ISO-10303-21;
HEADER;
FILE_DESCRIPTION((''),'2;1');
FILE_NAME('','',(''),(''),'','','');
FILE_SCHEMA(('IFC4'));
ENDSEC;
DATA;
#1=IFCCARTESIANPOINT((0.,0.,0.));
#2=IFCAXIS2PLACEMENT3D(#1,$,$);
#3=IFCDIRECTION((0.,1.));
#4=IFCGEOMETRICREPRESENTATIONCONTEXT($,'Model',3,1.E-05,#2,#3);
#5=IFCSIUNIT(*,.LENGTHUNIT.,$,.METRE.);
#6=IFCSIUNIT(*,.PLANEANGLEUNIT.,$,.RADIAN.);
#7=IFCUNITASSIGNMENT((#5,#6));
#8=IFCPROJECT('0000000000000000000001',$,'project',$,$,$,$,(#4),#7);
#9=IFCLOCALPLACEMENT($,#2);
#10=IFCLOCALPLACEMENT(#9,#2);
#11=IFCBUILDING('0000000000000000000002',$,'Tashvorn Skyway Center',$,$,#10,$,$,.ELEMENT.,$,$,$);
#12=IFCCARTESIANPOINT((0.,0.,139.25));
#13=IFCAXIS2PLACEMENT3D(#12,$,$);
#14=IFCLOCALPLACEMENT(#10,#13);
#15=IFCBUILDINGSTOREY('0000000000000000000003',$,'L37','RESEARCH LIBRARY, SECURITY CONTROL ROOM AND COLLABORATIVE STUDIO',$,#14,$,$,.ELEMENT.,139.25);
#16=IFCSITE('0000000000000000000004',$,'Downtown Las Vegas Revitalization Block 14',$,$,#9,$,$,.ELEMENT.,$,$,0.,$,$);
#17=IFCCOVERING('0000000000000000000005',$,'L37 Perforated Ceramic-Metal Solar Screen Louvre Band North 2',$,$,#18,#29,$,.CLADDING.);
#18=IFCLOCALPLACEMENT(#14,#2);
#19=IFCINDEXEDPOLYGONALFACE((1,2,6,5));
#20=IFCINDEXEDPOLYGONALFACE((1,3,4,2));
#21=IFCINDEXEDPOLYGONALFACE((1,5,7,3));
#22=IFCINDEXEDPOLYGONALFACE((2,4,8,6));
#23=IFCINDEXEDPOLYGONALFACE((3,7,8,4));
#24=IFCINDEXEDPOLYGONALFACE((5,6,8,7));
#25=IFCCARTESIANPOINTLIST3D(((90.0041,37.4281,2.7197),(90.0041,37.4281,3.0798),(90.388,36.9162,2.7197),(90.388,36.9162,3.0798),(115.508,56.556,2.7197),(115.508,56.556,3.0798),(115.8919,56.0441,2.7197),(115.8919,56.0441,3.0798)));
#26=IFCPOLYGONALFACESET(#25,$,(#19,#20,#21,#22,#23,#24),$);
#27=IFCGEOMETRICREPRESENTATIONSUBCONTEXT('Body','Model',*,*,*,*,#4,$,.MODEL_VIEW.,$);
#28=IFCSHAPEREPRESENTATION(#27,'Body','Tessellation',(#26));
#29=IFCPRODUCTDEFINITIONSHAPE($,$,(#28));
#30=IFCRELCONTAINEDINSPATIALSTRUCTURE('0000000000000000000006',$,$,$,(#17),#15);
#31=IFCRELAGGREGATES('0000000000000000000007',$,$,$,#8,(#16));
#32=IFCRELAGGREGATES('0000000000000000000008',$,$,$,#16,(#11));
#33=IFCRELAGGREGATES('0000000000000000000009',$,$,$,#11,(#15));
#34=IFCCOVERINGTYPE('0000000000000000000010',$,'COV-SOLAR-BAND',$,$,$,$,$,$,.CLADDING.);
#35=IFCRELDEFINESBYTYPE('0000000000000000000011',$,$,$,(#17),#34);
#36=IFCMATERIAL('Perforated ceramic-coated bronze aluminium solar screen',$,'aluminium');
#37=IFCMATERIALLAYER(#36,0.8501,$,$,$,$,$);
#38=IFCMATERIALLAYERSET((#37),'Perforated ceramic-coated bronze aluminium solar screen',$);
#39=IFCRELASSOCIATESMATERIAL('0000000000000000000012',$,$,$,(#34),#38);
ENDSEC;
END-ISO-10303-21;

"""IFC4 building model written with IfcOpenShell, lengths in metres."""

from ifc_helpers import new_model, si_unit, direction, frame, origin, origin_2d, place, context, subcontext, project, spatial, rectangle, extrude, material, layer, layer_set, type_object, element, save


model = new_model("IFC4")

# Units and contexts
model_context = context("Model", 3, precision=1e-05, world=origin(), true_north=direction((0.0, 1.0)))
body_context = subcontext(model_context, "Body", "Model", "MODEL_VIEW")
ifc_project = project(units=[si_unit("LENGTHUNIT", "METRE"), si_unit("PLANEANGLEUNIT", "RADIAN")], contexts=[model_context])

# Site, building, storey
site_placement = place(None, origin())
site = spatial("IfcSite", under=ifc_project, at=site_placement, Name="Downtown Las Vegas Revitalization Block 14", CompositionType="ELEMENT", RefElevation=0.0)
building_placement = place(site_placement, origin())
building = spatial("IfcBuilding", under=site, at=building_placement, Name="Tashvorn Skyway Center", CompositionType="ELEMENT")
storey_placement = place(building_placement, frame((0.0, 0.0, 139.25)))
storey = spatial("IfcBuildingStorey", under=building, at=storey_placement, Name="L37", Description="RESEARCH LIBRARY, SECURITY CONTROL ROOM AND COLLABORATIVE STUDIO", CompositionType="ELEMENT", Elevation=139.25)

# Covering
ifc_material_1 = material(Name="Perforated ceramic-coated bronze aluminium solar screen", Category="aluminium")
ifc_layer_1 = layer(ifc_material_1, 0.8501)
ifc_layer_set_1 = layer_set([ifc_layer_1], Name="Perforated ceramic-coated bronze aluminium solar screen")
covering_type = type_object("IfcCoveringType", Name="COV-SOLAR-BAND", PredefinedType="CLADDING", material=ifc_layer_set_1)
for number, where, z_axis, x_axis, name in (
    (1, (102.948, 46.7361, 2.7197), (0.0, 0.0, 1.0), (0.8, 0.6, 0.0), "L37 Perforated Ceramic-Metal Solar Screen Louvre Band North 2"),
):
    element("IfcCovering", number, at=place(storey_placement, frame(where, z_axis=z_axis, x_axis=x_axis)), inside=storey, type_object=covering_type, Name=name, PredefinedType="CLADDING", context=body_context, shape_type="SweptSolid", body=[
        extrude(rectangle(XDim=31.8799, YDim=0.6399, at=origin_2d()), origin(), (0.0, 0.0, 1.0), 0.3601),
    ])

save(model, "model.ifc")
